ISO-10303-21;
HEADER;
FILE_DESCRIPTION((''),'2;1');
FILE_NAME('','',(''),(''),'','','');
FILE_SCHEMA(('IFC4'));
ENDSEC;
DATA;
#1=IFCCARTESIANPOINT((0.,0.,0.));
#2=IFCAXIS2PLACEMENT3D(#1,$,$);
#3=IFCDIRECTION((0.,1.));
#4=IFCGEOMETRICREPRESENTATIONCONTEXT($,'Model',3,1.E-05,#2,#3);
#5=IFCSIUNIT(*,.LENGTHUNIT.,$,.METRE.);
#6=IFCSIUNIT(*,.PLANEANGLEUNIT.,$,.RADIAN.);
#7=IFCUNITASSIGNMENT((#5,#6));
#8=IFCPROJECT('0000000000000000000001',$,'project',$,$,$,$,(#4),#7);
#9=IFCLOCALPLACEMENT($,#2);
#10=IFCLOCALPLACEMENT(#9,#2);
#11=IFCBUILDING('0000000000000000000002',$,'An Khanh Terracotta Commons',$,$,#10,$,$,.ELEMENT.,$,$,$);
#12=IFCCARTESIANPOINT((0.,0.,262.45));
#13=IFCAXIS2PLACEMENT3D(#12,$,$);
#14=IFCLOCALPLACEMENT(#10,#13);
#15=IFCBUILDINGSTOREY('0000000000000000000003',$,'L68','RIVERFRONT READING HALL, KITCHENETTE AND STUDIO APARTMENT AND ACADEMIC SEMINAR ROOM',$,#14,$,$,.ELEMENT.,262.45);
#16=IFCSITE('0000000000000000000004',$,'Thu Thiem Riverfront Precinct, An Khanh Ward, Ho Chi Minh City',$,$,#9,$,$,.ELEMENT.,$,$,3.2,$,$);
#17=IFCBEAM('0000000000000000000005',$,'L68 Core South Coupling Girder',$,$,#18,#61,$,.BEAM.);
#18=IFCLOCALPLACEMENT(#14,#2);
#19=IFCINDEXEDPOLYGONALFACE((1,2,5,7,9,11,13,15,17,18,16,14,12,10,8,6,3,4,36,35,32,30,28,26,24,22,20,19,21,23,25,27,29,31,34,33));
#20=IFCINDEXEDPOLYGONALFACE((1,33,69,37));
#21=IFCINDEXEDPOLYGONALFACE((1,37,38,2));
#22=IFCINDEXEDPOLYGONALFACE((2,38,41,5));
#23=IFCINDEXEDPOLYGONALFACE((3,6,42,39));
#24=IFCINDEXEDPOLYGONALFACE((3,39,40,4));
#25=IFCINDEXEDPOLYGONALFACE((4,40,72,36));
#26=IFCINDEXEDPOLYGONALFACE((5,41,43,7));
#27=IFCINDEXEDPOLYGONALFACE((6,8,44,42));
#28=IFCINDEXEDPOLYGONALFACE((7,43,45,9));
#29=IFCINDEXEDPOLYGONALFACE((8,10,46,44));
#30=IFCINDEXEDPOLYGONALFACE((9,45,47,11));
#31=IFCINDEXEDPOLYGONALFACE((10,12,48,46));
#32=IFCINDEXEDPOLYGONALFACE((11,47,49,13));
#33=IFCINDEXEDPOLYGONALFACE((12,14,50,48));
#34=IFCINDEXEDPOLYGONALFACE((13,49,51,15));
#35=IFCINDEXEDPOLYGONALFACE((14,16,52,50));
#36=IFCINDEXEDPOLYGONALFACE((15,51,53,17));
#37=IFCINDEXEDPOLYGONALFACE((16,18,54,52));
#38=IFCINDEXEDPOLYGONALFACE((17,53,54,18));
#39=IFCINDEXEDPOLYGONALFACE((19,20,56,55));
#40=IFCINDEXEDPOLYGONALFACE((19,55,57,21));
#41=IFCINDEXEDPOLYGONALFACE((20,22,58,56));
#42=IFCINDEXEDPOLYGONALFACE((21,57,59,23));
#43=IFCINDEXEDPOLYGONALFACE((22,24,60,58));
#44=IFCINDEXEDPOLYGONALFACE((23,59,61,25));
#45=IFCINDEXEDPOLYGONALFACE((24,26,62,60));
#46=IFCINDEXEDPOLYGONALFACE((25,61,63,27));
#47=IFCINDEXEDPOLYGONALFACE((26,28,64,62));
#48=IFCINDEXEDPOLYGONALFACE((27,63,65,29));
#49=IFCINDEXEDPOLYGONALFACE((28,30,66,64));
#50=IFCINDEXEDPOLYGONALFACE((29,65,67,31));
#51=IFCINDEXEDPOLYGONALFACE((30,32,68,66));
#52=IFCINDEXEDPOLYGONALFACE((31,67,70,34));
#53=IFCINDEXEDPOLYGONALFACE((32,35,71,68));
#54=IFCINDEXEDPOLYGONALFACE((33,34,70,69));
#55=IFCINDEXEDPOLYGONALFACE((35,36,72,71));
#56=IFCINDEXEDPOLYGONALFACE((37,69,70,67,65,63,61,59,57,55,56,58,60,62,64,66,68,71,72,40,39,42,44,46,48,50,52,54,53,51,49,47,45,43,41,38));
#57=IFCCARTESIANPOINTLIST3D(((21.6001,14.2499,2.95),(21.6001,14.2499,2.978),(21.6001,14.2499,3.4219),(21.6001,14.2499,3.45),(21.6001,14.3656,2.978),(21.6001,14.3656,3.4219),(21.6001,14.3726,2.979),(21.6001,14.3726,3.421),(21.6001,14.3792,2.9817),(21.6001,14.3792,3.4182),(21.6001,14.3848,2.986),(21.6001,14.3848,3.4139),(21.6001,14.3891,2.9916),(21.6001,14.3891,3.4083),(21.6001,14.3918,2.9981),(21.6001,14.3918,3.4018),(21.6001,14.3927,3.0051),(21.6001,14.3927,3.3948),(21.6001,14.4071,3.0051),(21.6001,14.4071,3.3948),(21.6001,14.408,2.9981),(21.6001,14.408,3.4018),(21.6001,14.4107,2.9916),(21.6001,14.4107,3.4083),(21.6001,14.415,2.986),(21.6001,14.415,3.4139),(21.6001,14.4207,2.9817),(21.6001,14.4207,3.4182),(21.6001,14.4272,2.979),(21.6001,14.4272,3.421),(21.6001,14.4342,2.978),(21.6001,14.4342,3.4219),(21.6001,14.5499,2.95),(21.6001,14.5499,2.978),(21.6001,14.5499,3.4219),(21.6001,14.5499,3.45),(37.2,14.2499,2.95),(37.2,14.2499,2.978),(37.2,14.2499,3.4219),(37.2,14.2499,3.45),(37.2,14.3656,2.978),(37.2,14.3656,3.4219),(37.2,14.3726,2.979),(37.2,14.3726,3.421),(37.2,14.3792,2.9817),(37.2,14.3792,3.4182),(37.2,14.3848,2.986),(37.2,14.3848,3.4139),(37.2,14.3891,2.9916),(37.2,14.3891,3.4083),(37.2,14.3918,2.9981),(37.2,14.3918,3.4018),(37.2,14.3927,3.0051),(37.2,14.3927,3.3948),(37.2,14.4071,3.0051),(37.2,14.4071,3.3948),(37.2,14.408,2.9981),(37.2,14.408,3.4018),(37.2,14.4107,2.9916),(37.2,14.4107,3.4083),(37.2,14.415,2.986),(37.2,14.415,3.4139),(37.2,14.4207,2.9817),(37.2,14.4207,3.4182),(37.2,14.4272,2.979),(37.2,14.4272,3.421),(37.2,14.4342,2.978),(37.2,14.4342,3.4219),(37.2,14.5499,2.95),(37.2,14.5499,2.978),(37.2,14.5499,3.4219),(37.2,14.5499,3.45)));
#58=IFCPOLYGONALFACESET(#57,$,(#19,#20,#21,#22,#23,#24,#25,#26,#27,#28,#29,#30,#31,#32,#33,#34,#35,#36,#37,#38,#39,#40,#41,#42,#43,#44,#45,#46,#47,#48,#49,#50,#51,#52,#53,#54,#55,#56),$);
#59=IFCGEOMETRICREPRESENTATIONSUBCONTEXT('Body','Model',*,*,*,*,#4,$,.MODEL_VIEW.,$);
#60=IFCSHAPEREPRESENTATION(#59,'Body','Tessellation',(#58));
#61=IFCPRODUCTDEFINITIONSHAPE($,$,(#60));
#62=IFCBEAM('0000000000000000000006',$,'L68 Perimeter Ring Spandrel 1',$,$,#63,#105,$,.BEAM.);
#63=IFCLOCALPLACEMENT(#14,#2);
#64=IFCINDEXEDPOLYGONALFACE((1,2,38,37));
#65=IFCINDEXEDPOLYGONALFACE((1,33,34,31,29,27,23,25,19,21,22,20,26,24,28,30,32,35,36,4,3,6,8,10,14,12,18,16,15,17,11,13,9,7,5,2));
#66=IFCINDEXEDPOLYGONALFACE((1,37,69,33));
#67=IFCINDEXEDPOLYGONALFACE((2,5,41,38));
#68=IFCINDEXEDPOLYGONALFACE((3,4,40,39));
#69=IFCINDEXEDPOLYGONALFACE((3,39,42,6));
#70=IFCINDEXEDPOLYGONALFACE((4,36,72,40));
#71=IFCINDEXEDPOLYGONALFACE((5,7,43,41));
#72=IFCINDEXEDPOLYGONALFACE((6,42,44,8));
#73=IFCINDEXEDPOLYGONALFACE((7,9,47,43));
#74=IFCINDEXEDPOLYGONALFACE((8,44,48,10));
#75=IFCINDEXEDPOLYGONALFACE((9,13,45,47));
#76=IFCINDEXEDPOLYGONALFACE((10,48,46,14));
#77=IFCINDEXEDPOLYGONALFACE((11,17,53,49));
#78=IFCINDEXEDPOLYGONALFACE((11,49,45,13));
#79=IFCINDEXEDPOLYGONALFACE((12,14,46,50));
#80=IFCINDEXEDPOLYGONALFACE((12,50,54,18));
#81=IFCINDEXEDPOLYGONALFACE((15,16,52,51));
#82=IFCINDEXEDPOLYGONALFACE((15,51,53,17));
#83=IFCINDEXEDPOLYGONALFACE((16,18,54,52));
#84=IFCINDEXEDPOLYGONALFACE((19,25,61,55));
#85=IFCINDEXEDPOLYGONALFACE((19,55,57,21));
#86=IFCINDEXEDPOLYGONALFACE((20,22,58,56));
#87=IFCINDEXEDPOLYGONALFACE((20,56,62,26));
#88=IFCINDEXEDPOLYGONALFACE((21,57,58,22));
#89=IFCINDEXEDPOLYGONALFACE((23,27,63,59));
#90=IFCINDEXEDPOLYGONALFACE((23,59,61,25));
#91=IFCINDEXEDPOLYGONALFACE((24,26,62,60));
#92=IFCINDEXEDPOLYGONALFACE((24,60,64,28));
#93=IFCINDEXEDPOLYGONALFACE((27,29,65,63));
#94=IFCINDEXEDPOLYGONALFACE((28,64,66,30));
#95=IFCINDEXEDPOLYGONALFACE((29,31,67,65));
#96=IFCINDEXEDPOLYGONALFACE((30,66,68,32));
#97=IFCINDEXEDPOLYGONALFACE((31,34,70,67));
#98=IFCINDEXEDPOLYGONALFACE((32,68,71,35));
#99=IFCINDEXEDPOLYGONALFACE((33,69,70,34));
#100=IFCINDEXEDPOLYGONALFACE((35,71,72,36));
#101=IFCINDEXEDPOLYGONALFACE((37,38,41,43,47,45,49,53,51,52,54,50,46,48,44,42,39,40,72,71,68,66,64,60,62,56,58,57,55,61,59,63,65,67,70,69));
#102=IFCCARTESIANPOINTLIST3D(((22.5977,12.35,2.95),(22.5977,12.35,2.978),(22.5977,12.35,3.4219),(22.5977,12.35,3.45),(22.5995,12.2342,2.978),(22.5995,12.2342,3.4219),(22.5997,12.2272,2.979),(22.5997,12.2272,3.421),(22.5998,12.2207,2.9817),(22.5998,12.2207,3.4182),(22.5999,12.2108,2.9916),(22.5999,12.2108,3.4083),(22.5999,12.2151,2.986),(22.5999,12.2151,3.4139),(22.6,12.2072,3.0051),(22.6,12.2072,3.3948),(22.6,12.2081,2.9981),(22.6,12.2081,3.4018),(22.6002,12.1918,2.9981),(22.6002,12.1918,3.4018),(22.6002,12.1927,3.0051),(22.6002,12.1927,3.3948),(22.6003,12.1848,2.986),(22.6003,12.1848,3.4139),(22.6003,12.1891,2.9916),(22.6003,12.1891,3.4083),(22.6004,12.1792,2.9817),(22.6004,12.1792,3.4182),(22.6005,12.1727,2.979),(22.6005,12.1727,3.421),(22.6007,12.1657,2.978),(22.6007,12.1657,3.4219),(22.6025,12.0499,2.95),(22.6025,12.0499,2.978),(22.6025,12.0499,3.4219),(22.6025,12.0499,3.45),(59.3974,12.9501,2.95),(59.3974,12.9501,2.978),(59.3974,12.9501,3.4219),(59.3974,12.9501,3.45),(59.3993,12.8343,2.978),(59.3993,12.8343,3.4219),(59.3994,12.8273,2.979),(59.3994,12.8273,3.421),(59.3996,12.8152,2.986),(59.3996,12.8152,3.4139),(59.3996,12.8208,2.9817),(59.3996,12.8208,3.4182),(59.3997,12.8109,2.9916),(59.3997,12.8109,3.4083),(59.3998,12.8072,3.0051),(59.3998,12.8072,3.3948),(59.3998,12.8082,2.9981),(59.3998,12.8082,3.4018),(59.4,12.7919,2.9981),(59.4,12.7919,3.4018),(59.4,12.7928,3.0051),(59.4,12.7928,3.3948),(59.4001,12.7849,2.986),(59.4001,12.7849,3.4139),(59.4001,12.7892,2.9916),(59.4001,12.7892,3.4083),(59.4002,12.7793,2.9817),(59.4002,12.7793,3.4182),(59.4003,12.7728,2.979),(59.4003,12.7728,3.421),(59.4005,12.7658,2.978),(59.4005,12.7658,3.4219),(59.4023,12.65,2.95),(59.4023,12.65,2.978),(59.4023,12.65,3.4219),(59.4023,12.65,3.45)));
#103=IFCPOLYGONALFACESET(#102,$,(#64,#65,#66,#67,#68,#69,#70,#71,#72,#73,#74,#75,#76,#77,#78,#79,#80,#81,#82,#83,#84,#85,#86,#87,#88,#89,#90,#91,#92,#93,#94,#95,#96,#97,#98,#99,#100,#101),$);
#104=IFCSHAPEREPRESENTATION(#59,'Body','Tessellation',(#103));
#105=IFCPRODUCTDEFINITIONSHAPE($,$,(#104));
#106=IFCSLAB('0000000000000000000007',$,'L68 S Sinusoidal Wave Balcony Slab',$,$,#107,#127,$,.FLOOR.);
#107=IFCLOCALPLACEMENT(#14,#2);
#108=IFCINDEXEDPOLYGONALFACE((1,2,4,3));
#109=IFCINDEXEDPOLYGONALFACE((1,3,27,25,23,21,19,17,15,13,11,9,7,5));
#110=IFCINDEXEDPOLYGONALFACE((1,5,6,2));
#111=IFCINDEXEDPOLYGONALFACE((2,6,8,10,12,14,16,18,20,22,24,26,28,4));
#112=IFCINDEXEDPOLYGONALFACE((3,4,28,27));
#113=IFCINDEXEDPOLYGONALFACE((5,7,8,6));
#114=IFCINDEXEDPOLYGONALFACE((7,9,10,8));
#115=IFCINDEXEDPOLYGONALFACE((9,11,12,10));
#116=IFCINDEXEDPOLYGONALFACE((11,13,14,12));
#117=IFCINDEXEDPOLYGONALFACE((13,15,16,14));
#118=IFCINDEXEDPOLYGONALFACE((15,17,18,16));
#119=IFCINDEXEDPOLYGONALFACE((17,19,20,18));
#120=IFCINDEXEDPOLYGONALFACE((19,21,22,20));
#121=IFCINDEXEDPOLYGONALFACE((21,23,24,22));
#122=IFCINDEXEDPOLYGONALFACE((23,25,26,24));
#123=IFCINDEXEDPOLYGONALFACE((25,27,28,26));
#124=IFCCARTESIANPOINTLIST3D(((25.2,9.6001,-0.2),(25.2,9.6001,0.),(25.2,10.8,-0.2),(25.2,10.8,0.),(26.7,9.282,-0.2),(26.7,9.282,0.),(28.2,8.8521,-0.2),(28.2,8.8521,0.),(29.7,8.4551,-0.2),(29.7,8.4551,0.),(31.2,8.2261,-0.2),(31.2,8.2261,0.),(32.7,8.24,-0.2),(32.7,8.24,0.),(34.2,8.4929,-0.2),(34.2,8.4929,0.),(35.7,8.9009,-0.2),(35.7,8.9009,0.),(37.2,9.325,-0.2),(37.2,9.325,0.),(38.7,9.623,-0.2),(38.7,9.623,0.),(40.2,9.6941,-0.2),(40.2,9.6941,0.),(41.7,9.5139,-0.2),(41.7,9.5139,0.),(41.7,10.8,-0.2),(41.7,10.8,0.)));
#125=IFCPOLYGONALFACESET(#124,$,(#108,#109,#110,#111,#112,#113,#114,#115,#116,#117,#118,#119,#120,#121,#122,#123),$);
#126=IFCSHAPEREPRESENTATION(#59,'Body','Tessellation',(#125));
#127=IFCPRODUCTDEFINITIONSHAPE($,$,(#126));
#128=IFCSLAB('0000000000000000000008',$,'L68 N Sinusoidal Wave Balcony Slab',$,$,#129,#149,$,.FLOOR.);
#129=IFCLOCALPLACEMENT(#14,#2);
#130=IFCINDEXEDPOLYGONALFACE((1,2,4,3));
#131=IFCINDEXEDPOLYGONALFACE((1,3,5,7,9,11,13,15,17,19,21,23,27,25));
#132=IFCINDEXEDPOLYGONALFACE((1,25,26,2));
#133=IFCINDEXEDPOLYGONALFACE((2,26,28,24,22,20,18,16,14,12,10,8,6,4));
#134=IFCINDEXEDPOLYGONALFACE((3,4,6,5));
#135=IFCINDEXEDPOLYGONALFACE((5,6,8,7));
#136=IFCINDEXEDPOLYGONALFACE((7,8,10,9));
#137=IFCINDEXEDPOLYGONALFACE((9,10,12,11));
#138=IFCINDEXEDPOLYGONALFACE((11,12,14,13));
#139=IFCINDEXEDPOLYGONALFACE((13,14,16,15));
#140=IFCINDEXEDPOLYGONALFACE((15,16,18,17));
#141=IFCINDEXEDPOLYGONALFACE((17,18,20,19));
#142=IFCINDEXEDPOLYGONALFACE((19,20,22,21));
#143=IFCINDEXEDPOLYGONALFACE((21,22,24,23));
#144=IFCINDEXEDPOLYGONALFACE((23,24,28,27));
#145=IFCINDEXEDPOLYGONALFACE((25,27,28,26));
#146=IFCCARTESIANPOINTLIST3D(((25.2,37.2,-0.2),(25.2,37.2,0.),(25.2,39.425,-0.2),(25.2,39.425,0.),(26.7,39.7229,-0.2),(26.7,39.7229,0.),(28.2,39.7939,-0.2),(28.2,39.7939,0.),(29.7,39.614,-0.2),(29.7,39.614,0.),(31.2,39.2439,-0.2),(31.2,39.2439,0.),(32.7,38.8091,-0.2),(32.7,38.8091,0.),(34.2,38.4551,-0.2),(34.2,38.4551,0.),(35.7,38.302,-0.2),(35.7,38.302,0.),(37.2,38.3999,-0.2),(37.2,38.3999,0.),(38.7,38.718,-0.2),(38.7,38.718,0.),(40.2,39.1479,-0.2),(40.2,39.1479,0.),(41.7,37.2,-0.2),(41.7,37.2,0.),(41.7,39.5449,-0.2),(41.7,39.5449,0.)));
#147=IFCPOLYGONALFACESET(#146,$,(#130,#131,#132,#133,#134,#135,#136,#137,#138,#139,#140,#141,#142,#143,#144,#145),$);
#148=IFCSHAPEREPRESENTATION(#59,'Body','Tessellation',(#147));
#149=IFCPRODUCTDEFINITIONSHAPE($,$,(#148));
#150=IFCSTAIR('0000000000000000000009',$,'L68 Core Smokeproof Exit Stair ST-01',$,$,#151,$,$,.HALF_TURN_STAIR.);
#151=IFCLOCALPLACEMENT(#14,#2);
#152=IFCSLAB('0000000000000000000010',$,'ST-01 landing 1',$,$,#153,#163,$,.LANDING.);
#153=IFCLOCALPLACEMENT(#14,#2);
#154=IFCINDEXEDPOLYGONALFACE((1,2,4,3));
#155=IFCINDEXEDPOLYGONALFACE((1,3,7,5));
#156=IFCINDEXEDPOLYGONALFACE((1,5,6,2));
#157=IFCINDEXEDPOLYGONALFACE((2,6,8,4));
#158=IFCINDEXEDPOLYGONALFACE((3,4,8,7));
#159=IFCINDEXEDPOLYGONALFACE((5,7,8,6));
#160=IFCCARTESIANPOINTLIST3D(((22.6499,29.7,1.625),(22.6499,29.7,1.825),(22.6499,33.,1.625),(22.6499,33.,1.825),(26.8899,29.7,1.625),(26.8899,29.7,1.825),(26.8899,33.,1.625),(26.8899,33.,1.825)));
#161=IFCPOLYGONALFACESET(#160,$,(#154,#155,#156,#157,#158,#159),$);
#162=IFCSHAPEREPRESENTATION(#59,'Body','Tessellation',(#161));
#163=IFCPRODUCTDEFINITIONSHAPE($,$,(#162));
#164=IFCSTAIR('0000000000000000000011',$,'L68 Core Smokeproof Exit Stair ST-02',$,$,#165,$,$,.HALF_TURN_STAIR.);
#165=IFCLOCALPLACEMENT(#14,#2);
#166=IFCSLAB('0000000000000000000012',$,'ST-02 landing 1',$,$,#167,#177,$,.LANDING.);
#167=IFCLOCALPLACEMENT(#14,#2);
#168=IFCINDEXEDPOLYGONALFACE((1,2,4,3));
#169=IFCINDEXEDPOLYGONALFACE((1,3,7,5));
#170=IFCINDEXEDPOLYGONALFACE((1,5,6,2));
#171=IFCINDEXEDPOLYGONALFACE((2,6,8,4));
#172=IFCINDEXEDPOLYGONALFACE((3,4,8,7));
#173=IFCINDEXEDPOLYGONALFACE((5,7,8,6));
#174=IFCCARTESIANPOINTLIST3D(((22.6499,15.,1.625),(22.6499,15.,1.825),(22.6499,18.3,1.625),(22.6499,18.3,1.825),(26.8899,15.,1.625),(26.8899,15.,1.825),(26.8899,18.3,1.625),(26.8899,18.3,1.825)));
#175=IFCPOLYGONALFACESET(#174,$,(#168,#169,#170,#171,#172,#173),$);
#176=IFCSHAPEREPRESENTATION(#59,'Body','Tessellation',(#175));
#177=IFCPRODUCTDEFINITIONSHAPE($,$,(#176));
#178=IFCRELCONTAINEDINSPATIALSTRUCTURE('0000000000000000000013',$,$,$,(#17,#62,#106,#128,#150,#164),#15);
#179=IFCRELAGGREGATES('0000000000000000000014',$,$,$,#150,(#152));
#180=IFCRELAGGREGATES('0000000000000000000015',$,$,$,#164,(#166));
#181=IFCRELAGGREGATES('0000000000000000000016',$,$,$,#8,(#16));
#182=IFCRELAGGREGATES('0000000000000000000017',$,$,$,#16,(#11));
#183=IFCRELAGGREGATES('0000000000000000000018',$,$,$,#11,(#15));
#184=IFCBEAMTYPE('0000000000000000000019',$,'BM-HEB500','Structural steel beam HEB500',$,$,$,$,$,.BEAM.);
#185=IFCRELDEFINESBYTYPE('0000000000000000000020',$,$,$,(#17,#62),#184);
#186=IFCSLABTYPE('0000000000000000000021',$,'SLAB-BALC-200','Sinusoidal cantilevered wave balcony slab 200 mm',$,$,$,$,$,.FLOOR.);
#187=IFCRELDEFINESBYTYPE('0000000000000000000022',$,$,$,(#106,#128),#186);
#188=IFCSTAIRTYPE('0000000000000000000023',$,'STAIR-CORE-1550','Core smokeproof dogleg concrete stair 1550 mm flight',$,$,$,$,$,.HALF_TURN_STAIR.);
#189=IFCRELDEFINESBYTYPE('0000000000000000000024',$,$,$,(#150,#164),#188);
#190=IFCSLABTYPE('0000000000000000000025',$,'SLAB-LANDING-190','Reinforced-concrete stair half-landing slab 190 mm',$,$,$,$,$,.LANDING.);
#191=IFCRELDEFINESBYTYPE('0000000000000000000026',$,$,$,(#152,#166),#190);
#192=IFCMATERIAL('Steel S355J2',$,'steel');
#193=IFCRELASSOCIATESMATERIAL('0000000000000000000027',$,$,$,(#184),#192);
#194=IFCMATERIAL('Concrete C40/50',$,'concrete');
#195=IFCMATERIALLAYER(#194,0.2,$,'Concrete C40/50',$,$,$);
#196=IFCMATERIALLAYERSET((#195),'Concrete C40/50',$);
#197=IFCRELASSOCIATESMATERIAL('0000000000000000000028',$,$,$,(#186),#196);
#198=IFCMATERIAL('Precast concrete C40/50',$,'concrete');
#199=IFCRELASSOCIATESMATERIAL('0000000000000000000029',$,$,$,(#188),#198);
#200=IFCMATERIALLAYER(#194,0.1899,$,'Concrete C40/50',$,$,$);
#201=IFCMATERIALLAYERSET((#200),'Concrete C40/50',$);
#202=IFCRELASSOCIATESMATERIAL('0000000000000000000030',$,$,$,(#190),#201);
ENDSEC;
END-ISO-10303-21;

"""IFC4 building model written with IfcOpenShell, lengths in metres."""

from ifc_helpers import new_model, si_unit, direction, frame, origin, origin_2d, place, context, subcontext, project, spatial, polyline, i_section, outline, extrude, material, layer, layer_set, material_profile, profile_set, type_object, element, aggregate, save


model = new_model("IFC4")

# Units and contexts
model_context = context("Model", 3, precision=1e-05, world=origin(), true_north=direction((0.0, 1.0)))
body_context = subcontext(model_context, "Body", "Model", "MODEL_VIEW")
ifc_project = project(units=[si_unit("LENGTHUNIT", "METRE"), si_unit("PLANEANGLEUNIT", "RADIAN")], contexts=[model_context])

# Site, building, storey
site_placement = place(None, origin())
site = spatial("IfcSite", under=ifc_project, at=site_placement, Name="Thu Thiem Riverfront Precinct, An Khanh Ward, Ho Chi Minh City", CompositionType="ELEMENT", RefElevation=3.2)
building_placement = place(site_placement, origin())
building = spatial("IfcBuilding", under=site, at=building_placement, Name="An Khanh Terracotta Commons", CompositionType="ELEMENT")
storey_placement = place(building_placement, frame((0.0, 0.0, 262.45)))
storey = spatial("IfcBuildingStorey", under=building, at=storey_placement, Name="L68", Description="RIVERFRONT READING HALL, KITCHENETTE AND STUDIO APARTMENT AND ACADEMIC SEMINAR ROOM", CompositionType="ELEMENT", Elevation=262.45)

# Beams
ifc_material_1 = material(Name="Steel S355J2", Category="steel")
ifc_material_profile_1 = material_profile(ifc_material_1, i_section(OverallWidth=0.3, OverallDepth=0.5, WebThickness=0.0144, FlangeThickness=0.0281, FilletRadius=0.0271, at=origin_2d()), Name="HEB500")
ifc_profile_set_1 = profile_set([ifc_material_profile_1], Name="Steel S355J2")
beam_type_1 = type_object("IfcBeamType", Name="BM-HEB500", Description="Structural steel beam HEB500", PredefinedType="BEAM", material=ifc_profile_set_1)
beam_1_placement = place(storey_placement, frame((21.6001, 14.3999, 3.2), z_axis=(1.0, 0.0, 0.0), x_axis=(0.0, 1.0, 0.0)))
element("IfcBeam", 1, at=beam_1_placement, inside=storey, type_object=beam_type_1, Name="L68 Core South Coupling Girder", PredefinedType="BEAM", context=body_context, shape_type="SweptSolid", body=[
    extrude(i_section(OverallWidth=0.3, OverallDepth=0.5, WebThickness=0.0144, FlangeThickness=0.0281, FilletRadius=0.0271, at=origin_2d()), origin(), (0.0, 0.0, 1.0), 15.5999),
])
beam_2_placement = place(storey_placement, frame((22.6001, 12.2, 3.2), z_axis=(0.999867, 0.016305, 0.0), x_axis=(-0.016305, 0.999867, 0.0)))
element("IfcBeam", 2, at=beam_2_placement, inside=storey, type_object=beam_type_1, Name="L68 Perimeter Ring Spandrel 1", PredefinedType="BEAM", context=body_context, shape_type="SweptSolid", body=[
    extrude(i_section(OverallWidth=0.3, OverallDepth=0.5, WebThickness=0.0144, FlangeThickness=0.0281, FilletRadius=0.0271, at=origin_2d()), origin(), (0.0, 0.0, 1.0), 36.8047),
])

# Slabs
ifc_material_2 = material(Name="Concrete C40/50", Category="concrete")
ifc_layer_1 = layer(ifc_material_2, 0.2, Name="Concrete C40/50")
ifc_layer_set_1 = layer_set([ifc_layer_1], Name="Concrete C40/50")
slab_type_1 = type_object("IfcSlabType", Name="SLAB-BALC-200", Description="Sinusoidal cantilevered wave balcony slab 200 mm", PredefinedType="FLOOR", material=ifc_layer_set_1)
slab_1_placement = place(storey_placement, frame((0.0, 0.0, -0.2)))
element("IfcSlab", 3, at=slab_1_placement, inside=storey, type_object=slab_type_1, Name="L68 S Sinusoidal Wave Balcony Slab", PredefinedType="FLOOR", context=body_context, shape_type="SweptSolid", body=[
    extrude(outline(polyline([(25.2, 10.8), (25.2, 9.6001), (26.7, 9.282), (28.2, 8.8521), (29.7, 8.4551), (31.2, 8.2261), (32.7, 8.24), (34.2, 8.4929), (35.7, 8.9009), (37.2, 9.325), (38.7, 9.623), (40.2, 9.6941), (41.7, 9.5139), (41.7, 10.8), (25.2, 10.8)])), origin(), (0.0, 0.0, 1.0), 0.2),
])
slab_2_placement = place(storey_placement, frame((0.0, 0.0, -0.2)))
element("IfcSlab", 4, at=slab_2_placement, inside=storey, type_object=slab_type_1, Name="L68 N Sinusoidal Wave Balcony Slab", PredefinedType="FLOOR", context=body_context, shape_type="SweptSolid", body=[
    extrude(outline(polyline([(41.7, 37.2), (41.7, 39.5449), (40.2, 39.1479), (38.7, 38.718), (37.2, 38.3999), (35.7, 38.302), (34.2, 38.4551), (32.7, 38.8091), (31.2, 39.2439), (29.7, 39.614), (28.2, 39.7939), (26.7, 39.7229), (25.2, 39.425), (25.2, 37.2), (41.7, 37.2)])), origin(), (0.0, 0.0, 1.0), 0.2),
])

# Stairs, slabs
ifc_material_3 = material(Name="Precast concrete C40/50", Category="concrete")
stair_type = type_object("IfcStairType", Name="STAIR-CORE-1550", Description="Core smokeproof dogleg concrete stair 1550 mm flight", PredefinedType="HALF_TURN_STAIR", material=ifc_material_3)
stair_1_placement = place(storey_placement, origin())
stair_1 = element("IfcStair", 5, at=stair_1_placement, inside=storey, type_object=stair_type, Name="L68 Core Smokeproof Exit Stair ST-01", PredefinedType="HALF_TURN_STAIR")
ifc_layer_2 = layer(ifc_material_2, 0.1899, Name="Concrete C40/50")
ifc_layer_set_2 = layer_set([ifc_layer_2], Name="Concrete C40/50")
slab_type_2 = type_object("IfcSlabType", Name="SLAB-LANDING-190", Description="Reinforced-concrete stair half-landing slab 190 mm", PredefinedType="LANDING", material=ifc_layer_set_2)
slab_3_placement = place(storey_placement, frame((0.0, 0.0, 1.625)))
slab_3 = element("IfcSlab", 6, at=slab_3_placement, type_object=slab_type_2, Name="ST-01 landing 1", PredefinedType="LANDING", context=body_context, shape_type="SweptSolid", body=[
    extrude(outline(polyline([(26.8899, 33.0), (22.6499, 33.0), (22.6499, 29.7), (26.8899, 29.7), (26.8899, 33.0)])), origin(), (0.0, 0.0, 1.0), 0.2),
])
aggregate(stair_1, [slab_3])
stair_2_placement = place(storey_placement, origin())
stair_2 = element("IfcStair", 7, at=stair_2_placement, inside=storey, type_object=stair_type, Name="L68 Core Smokeproof Exit Stair ST-02", PredefinedType="HALF_TURN_STAIR")
slab_4_placement = place(storey_placement, frame((0.0, 0.0, 1.625)))
slab_4 = element("IfcSlab", 8, at=slab_4_placement, type_object=slab_type_2, Name="ST-02 landing 1", PredefinedType="LANDING", context=body_context, shape_type="SweptSolid", body=[
    extrude(outline(polyline([(26.8899, 18.3), (22.6499, 18.3), (22.6499, 15.0), (26.8899, 15.0), (26.8899, 18.3)])), origin(), (0.0, 0.0, 1.0), 0.2),
])

aggregate(stair_2, [slab_4])

save(model, "model.ifc")
